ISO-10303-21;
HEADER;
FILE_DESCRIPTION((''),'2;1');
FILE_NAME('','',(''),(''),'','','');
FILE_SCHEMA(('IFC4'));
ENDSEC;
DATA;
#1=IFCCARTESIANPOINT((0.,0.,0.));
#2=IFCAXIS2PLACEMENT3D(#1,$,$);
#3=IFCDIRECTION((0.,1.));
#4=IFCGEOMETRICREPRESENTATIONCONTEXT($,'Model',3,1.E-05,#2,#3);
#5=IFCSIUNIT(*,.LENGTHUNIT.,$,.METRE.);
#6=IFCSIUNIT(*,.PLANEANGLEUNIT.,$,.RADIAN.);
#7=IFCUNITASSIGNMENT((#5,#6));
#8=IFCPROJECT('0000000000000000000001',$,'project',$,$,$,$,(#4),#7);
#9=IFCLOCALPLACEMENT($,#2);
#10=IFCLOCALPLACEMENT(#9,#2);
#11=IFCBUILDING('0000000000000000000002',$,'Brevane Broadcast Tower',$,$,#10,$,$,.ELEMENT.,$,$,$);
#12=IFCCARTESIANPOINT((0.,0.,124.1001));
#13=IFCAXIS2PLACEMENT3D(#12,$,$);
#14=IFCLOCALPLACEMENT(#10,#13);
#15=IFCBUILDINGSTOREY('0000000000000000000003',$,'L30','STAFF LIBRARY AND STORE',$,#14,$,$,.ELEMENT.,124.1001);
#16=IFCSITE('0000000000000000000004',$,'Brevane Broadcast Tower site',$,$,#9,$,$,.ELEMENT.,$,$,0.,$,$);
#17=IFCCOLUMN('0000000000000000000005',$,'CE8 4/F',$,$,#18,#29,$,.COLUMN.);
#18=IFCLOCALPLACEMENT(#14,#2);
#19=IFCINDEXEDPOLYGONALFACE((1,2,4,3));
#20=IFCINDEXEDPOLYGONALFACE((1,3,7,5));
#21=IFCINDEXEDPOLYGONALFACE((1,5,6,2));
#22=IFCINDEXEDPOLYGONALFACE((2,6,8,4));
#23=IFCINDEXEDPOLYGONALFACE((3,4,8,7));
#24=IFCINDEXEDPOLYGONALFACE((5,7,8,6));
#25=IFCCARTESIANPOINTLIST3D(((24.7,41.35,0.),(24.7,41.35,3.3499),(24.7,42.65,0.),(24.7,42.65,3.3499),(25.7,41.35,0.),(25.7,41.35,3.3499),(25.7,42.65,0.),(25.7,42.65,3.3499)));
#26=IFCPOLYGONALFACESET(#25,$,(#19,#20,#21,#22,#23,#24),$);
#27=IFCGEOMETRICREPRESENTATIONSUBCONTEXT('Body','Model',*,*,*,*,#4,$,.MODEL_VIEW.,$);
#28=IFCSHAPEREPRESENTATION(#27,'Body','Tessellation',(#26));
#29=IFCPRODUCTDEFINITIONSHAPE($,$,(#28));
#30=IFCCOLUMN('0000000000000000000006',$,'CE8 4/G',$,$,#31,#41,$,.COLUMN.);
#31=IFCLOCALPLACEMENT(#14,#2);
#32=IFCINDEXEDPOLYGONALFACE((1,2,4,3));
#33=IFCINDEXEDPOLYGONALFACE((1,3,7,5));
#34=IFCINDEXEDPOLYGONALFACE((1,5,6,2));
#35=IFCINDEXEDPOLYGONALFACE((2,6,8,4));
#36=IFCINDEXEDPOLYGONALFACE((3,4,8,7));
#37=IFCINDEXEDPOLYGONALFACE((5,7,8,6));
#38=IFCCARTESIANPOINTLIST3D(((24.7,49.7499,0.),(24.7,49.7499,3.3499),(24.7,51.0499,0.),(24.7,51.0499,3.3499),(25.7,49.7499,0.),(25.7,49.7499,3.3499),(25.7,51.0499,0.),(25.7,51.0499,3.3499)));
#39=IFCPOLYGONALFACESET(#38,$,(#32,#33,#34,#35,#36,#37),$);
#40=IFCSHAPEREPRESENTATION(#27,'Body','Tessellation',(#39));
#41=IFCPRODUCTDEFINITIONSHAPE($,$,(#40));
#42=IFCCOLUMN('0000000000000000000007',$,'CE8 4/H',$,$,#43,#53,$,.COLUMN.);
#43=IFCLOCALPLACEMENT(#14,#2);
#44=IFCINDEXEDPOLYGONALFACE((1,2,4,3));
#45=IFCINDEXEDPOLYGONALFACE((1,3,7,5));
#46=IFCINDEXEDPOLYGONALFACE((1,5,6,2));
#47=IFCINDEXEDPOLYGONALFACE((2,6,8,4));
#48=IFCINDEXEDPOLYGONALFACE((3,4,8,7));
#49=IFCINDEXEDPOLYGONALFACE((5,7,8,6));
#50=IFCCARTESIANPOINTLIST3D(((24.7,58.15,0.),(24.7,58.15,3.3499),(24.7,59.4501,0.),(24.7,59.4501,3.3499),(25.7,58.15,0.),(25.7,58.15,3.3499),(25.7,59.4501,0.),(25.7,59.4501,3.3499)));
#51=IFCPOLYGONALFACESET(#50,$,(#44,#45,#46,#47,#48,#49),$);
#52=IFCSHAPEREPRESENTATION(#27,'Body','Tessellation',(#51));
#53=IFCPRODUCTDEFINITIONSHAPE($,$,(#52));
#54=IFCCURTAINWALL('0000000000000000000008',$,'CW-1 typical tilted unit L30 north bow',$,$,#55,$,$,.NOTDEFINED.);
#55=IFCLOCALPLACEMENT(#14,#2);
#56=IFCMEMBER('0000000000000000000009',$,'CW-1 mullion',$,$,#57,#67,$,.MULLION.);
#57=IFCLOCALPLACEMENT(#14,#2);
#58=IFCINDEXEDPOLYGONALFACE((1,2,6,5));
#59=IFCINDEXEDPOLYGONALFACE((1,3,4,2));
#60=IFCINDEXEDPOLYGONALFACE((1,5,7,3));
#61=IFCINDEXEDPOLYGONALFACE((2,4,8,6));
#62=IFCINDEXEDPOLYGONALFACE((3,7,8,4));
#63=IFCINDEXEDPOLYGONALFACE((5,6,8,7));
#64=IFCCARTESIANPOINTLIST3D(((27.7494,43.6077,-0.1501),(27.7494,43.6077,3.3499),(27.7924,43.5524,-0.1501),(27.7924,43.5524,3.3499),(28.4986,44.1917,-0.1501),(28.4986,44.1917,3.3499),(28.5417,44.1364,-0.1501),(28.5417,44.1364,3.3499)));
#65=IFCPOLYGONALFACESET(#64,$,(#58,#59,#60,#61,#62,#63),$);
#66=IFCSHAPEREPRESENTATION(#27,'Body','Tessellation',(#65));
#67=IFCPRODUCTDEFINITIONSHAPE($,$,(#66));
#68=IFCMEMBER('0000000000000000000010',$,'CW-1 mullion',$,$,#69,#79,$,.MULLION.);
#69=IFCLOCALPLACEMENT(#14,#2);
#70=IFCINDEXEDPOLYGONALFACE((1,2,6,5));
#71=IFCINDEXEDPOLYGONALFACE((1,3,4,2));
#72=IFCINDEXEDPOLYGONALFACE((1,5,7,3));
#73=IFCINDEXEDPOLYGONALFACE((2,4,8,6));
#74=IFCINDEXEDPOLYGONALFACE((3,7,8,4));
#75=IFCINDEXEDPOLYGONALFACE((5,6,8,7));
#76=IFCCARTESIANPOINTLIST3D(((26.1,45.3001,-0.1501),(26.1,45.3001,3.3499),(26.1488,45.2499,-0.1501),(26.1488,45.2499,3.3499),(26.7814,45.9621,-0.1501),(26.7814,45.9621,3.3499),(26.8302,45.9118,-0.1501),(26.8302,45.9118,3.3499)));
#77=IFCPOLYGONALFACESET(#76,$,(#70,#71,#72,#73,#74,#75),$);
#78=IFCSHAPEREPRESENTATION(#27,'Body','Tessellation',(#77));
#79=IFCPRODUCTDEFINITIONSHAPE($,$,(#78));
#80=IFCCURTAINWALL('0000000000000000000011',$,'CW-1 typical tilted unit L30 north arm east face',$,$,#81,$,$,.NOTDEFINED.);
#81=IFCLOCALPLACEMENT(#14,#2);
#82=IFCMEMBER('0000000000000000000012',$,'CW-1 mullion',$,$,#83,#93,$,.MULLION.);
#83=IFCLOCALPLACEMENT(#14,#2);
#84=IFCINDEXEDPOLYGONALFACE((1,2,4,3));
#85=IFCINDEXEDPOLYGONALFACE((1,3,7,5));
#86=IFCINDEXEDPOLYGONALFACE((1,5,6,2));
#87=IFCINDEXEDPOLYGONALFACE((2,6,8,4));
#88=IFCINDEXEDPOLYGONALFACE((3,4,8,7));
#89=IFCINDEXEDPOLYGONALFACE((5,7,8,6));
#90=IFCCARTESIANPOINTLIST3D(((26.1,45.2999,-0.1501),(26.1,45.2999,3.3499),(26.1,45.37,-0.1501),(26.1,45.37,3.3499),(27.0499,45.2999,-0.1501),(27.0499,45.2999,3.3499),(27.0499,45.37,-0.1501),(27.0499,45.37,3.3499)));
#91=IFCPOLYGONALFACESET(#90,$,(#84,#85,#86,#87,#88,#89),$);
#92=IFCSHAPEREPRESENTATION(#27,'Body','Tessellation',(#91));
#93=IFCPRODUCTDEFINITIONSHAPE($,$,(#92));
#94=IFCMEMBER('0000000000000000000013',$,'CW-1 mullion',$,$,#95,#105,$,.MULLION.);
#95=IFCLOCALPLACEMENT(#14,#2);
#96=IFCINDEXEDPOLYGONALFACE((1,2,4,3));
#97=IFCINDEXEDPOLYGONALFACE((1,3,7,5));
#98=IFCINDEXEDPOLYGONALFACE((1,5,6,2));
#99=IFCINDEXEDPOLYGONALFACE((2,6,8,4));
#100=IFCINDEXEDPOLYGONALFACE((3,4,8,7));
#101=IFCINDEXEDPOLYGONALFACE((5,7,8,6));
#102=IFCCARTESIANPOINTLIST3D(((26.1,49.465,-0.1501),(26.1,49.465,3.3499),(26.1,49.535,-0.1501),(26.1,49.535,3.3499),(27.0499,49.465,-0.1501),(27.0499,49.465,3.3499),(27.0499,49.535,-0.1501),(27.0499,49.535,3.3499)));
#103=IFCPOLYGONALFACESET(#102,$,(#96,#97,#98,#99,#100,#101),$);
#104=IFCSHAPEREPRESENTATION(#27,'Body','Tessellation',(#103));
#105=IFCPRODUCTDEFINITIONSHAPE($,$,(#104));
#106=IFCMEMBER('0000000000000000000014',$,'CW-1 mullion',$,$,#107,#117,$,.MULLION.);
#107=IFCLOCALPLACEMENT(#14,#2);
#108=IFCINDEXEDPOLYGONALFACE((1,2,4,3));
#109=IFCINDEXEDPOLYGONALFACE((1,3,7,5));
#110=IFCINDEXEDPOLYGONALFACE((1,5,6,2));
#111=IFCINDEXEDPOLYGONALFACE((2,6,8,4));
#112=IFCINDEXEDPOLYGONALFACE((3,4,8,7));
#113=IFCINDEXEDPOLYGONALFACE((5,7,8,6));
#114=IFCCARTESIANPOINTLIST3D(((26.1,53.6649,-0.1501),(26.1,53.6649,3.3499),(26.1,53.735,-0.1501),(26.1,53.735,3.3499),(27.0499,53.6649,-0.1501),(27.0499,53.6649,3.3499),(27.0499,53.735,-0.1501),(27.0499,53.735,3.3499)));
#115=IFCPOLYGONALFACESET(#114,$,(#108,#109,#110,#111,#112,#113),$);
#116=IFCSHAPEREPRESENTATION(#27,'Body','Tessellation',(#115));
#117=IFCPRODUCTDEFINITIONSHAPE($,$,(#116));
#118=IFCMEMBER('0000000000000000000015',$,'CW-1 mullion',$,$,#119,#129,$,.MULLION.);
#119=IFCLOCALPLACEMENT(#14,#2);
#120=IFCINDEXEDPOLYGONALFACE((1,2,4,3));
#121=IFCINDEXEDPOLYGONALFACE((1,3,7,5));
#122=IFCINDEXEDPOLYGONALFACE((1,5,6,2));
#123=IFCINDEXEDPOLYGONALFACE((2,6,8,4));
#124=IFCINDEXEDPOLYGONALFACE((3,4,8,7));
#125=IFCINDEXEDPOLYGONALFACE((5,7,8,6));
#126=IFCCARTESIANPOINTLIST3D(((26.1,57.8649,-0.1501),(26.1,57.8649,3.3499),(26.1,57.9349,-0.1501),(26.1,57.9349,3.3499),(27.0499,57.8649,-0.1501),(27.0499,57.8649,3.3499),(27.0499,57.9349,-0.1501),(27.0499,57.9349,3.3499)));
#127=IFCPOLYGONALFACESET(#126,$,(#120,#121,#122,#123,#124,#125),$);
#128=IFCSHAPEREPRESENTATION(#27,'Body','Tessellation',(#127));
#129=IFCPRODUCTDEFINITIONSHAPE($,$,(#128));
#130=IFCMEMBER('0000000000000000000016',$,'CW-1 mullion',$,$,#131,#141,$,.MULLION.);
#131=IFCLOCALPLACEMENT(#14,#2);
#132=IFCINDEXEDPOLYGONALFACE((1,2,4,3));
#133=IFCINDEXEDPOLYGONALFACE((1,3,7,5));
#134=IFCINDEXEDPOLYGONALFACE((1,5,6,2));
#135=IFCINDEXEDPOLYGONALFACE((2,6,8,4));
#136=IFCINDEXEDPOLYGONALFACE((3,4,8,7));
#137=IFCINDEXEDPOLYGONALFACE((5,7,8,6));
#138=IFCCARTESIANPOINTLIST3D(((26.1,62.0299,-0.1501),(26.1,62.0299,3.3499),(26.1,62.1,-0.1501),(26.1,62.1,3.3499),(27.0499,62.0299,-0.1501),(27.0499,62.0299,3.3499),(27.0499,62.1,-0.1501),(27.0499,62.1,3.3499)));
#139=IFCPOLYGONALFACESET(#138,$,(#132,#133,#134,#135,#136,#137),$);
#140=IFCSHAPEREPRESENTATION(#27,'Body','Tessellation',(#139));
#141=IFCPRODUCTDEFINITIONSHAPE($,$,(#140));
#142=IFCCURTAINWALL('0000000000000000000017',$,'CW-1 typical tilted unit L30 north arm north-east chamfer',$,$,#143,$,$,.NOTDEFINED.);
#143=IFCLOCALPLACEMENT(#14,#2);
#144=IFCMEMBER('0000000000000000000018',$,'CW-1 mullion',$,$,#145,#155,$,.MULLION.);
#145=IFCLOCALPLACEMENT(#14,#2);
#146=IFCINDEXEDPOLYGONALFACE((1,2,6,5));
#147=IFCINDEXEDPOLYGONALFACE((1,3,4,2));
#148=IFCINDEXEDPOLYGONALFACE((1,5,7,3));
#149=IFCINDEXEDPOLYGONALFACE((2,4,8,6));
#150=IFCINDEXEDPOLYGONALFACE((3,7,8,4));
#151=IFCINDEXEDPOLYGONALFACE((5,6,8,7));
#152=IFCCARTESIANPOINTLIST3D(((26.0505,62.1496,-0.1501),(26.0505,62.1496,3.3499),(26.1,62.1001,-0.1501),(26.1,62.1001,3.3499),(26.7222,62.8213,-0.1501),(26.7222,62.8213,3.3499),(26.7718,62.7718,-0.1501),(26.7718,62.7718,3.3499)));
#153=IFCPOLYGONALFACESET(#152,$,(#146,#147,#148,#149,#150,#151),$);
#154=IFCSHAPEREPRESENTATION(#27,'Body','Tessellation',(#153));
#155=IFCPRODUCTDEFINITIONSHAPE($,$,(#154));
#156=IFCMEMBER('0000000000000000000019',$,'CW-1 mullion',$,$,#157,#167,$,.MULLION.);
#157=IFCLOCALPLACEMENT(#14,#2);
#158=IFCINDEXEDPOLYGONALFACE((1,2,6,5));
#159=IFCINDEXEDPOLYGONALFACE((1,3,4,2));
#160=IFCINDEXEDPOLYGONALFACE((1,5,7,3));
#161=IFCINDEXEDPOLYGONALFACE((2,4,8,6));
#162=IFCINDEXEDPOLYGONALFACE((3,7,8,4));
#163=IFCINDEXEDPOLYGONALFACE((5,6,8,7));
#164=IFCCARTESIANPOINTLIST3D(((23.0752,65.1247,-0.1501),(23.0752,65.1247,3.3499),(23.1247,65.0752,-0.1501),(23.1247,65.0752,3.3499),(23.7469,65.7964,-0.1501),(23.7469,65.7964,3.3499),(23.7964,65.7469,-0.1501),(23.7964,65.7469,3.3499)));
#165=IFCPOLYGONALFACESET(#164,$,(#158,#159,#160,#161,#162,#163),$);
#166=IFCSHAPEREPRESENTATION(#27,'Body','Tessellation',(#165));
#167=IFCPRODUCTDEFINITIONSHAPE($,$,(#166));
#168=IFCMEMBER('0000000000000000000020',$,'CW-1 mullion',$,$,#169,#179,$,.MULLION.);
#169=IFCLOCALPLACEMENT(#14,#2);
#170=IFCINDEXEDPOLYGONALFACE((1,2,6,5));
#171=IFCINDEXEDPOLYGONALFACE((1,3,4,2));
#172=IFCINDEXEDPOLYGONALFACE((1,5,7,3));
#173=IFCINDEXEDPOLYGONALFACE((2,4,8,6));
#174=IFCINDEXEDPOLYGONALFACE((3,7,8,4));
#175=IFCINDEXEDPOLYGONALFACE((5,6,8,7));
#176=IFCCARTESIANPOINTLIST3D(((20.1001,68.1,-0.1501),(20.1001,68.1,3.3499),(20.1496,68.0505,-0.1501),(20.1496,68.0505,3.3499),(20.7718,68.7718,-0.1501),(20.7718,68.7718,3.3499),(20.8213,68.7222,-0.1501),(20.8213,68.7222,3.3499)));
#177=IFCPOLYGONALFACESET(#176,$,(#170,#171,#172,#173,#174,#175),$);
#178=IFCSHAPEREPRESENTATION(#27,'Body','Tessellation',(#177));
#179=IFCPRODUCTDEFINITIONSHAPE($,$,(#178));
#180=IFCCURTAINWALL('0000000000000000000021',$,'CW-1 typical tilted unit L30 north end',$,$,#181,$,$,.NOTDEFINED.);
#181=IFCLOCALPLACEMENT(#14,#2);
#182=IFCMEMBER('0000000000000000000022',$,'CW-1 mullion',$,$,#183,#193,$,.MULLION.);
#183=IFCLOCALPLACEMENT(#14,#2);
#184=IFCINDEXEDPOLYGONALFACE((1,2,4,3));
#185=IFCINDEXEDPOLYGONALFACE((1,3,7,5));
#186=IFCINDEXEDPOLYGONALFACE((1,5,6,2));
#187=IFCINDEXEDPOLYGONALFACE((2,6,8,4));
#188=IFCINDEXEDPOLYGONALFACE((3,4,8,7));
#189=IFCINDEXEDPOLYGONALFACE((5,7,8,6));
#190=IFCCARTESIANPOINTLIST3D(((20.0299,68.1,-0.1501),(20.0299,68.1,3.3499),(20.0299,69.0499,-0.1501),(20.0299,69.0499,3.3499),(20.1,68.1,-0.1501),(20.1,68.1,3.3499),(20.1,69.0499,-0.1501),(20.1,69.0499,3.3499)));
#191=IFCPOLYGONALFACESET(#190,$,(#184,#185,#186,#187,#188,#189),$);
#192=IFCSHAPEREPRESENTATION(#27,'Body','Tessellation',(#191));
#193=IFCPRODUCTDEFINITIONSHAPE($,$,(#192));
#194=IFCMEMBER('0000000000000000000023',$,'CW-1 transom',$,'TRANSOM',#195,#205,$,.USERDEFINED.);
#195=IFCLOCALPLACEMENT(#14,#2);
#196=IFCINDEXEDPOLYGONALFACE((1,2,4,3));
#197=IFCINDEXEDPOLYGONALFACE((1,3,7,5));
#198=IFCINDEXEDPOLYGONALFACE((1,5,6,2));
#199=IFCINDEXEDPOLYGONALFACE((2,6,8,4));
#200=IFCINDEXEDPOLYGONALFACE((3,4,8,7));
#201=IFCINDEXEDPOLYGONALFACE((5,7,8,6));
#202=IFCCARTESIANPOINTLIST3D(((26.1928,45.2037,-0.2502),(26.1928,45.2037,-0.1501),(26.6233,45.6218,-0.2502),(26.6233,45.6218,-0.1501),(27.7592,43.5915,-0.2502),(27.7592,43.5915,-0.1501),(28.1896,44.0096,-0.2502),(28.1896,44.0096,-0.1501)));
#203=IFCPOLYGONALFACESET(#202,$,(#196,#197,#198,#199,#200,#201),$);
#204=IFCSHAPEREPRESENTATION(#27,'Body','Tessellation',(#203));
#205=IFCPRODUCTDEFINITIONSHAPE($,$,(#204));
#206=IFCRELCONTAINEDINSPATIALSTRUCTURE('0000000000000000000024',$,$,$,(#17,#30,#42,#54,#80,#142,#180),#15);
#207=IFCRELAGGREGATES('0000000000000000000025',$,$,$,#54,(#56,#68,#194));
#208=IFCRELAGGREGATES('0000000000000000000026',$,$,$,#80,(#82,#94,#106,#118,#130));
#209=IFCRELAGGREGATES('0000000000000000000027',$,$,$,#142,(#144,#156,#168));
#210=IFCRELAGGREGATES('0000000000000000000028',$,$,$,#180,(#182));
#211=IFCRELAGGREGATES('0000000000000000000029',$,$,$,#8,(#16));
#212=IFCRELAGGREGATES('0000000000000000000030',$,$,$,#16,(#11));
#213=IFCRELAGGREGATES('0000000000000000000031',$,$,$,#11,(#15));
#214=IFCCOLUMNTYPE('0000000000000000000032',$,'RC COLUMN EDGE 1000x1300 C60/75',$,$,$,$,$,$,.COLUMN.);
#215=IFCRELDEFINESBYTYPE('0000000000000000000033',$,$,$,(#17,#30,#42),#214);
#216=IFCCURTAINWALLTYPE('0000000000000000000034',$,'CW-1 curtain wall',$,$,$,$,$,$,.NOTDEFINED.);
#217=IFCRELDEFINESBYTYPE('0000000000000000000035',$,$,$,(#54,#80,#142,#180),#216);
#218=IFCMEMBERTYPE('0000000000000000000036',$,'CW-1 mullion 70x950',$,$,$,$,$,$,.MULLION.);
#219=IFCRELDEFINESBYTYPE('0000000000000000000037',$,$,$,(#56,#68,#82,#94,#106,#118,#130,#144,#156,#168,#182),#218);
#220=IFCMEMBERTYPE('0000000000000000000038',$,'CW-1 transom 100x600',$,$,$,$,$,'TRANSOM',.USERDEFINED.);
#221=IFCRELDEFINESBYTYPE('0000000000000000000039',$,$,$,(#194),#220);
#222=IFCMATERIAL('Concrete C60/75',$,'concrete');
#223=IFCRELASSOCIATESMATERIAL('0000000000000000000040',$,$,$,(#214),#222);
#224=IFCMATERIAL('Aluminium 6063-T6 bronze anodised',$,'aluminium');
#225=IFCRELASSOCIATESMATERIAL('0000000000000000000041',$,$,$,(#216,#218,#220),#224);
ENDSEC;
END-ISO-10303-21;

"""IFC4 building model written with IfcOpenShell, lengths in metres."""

from ifc_helpers import new_model, si_unit, direction, frame, origin, origin_2d, place, context, subcontext, project, spatial, rectangle, extrude, material, material_profile, profile_set, type_object, element, aggregate, save


model = new_model("IFC4")

# Units and contexts
model_context = context("Model", 3, precision=1e-05, world=origin(), true_north=direction((0.0, 1.0)))
body_context = subcontext(model_context, "Body", "Model", "MODEL_VIEW")
ifc_project = project(units=[si_unit("LENGTHUNIT", "METRE"), si_unit("PLANEANGLEUNIT", "RADIAN")], contexts=[model_context])

# Site, building, storey
site_placement = place(None, origin())
site = spatial("IfcSite", under=ifc_project, at=site_placement, Name="Brevane Broadcast Tower site", CompositionType="ELEMENT", RefElevation=0.0)
building_placement = place(site_placement, origin())
building = spatial("IfcBuilding", under=site, at=building_placement, Name="Brevane Broadcast Tower", CompositionType="ELEMENT")
storey_placement = place(building_placement, frame((0.0, 0.0, 124.1001)))
storey = spatial("IfcBuildingStorey", under=building, at=storey_placement, Name="L30", Description="STAFF LIBRARY AND STORE", CompositionType="ELEMENT", Elevation=124.1001)

# Columns
ifc_material_1 = material(Name="Concrete C60/75", Category="concrete")
ifc_material_profile_1 = material_profile(ifc_material_1, rectangle(XDim=1.0, YDim=1.3, at=origin_2d()), Name="RC 1000x1300")
ifc_profile_set_1 = profile_set([ifc_material_profile_1], Name="Concrete C60/75")
column_type = type_object("IfcColumnType", Name="RC COLUMN EDGE 1000x1300 C60/75", PredefinedType="COLUMN", material=ifc_profile_set_1)
for number, where, z_axis, x_axis, name in (
    (1, (25.2, 42.0, 0.0), (0.0, 0.0, 1.0), (1.0, 0.0, 0.0), "CE8 4/F"),
    (2, (25.2, 50.3999, 0.0), (0.0, 0.0, 1.0), (1.0, 0.0, 0.0), "CE8 4/G"),
    (3, (25.2, 58.8, 0.0), (0.0, 0.0, 1.0), (1.0, 0.0, 0.0), "CE8 4/H"),
):
    element("IfcColumn", number, at=place(storey_placement, frame(where, z_axis=z_axis, x_axis=x_axis)), inside=storey, type_object=column_type, Name=name, PredefinedType="COLUMN", context=body_context, shape_type="SweptSolid", body=[
        extrude(rectangle(XDim=1.0, YDim=1.3, at=origin_2d()), origin(), (0.0, 0.0, 1.0), 3.3499),
    ])

# Curtain walls, members
ifc_material_2 = material(Name="Aluminium 6063-T6 bronze anodised", Category="aluminium")
curtain_wall_type = type_object("IfcCurtainWallType", Name="CW-1 curtain wall", PredefinedType="NOTDEFINED", material=ifc_material_2)
curtain_wall_1_placement = place(storey_placement, origin())
curtain_wall_1 = element("IfcCurtainWall", 4, at=curtain_wall_1_placement, inside=storey, type_object=curtain_wall_type, Name="CW-1 typical tilted unit L30 north bow", PredefinedType="NOTDEFINED")
ifc_material_profile_2 = material_profile(ifc_material_2, rectangle(XDim=0.95, YDim=0.0701, at=origin_2d()), Name="RECT 70x950")
ifc_profile_set_2 = profile_set([ifc_material_profile_2], Name="Aluminium 6063-T6 bronze anodised")
member_type_1 = type_object("IfcMemberType", Name="CW-1 mullion 70x950", PredefinedType="MULLION", material=ifc_profile_set_2)
member_1_placement = place(storey_placement, frame((28.1455, 43.8721, -0.1501), z_axis=(0.0, 0.0, 1.0), x_axis=(-0.788707, -0.61477, 0.0)))
member_1 = element("IfcMember", 5, at=member_1_placement, type_object=member_type_1, Name="CW-1 mullion", PredefinedType="MULLION", context=body_context, shape_type="SweptSolid", body=[
    extrude(rectangle(XDim=0.95, YDim=0.0701, at=origin_2d()), origin(), (0.0, 0.0, 1.0), 3.5),
])
member_2_placement = place(storey_placement, frame((26.4651, 45.606, -0.1501), z_axis=(0.0, 0.0, 1.0), x_axis=(-0.717254, -0.696812, 0.0)))
member_2 = element("IfcMember", 6, at=member_2_placement, type_object=member_type_1, Name="CW-1 mullion", PredefinedType="MULLION", context=body_context, shape_type="SweptSolid", body=[
    extrude(rectangle(XDim=0.95, YDim=0.0701, at=origin_2d()), origin(), (0.0, 0.0, 1.0), 3.5),
])
curtain_wall_2_placement = place(storey_placement, origin())
curtain_wall_2 = element("IfcCurtainWall", 7, at=curtain_wall_2_placement, inside=storey, type_object=curtain_wall_type, Name="CW-1 typical tilted unit L30 north arm east face", PredefinedType="NOTDEFINED")
member_3_placement = place(storey_placement, frame((26.575, 45.335, -0.1501), z_axis=(0.0, 0.0, 1.0), x_axis=(-1.0, 0.0, 0.0)))
member_3 = element("IfcMember", 8, at=member_3_placement, type_object=member_type_1, Name="CW-1 mullion", PredefinedType="MULLION", context=body_context, shape_type="SweptSolid", body=[
    extrude(rectangle(XDim=0.95, YDim=0.0701, at=origin_2d()), origin(), (0.0, 0.0, 1.0), 3.5),
])
member_4_placement = place(storey_placement, frame((26.575, 49.5, -0.1501), z_axis=(0.0, 0.0, 1.0), x_axis=(-1.0, 0.0, 0.0)))
member_4 = element("IfcMember", 9, at=member_4_placement, type_object=member_type_1, Name="CW-1 mullion", PredefinedType="MULLION", context=body_context, shape_type="SweptSolid", body=[
    extrude(rectangle(XDim=0.95, YDim=0.0701, at=origin_2d()), origin(), (0.0, 0.0, 1.0), 3.5),
])
member_5_placement = place(storey_placement, frame((26.575, 53.7, -0.1501), z_axis=(0.0, 0.0, 1.0), x_axis=(-1.0, 0.0, 0.0)))
member_5 = element("IfcMember", 10, at=member_5_placement, type_object=member_type_1, Name="CW-1 mullion", PredefinedType="MULLION", context=body_context, shape_type="SweptSolid", body=[
    extrude(rectangle(XDim=0.95, YDim=0.0701, at=origin_2d()), origin(), (0.0, 0.0, 1.0), 3.5),
])
member_6_placement = place(storey_placement, frame((26.575, 57.8999, -0.1501), z_axis=(0.0, 0.0, 1.0), x_axis=(-1.0, 0.0, 0.0)))
member_6 = element("IfcMember", 11, at=member_6_placement, type_object=member_type_1, Name="CW-1 mullion", PredefinedType="MULLION", context=body_context, shape_type="SweptSolid", body=[
    extrude(rectangle(XDim=0.95, YDim=0.0701, at=origin_2d()), origin(), (0.0, 0.0, 1.0), 3.5),
])
member_7_placement = place(storey_placement, frame((26.575, 62.0649, -0.1501), z_axis=(0.0, 0.0, 1.0), x_axis=(-1.0, 0.0, 0.0)))
member_7 = element("IfcMember", 12, at=member_7_placement, type_object=member_type_1, Name="CW-1 mullion", PredefinedType="MULLION", context=body_context, shape_type="SweptSolid", body=[
    extrude(rectangle(XDim=0.95, YDim=0.0701, at=origin_2d()), origin(), (0.0, 0.0, 1.0), 3.5),
])
curtain_wall_3_placement = place(storey_placement, origin())
curtain_wall_3 = element("IfcCurtainWall", 13, at=curtain_wall_3_placement, inside=storey, type_object=curtain_wall_type, Name="CW-1 typical tilted unit L30 north arm north-east chamfer", PredefinedType="NOTDEFINED")
member_8_placement = place(storey_placement, frame((26.4111, 62.4607, -0.1501), z_axis=(0.0, 0.0, 1.0), x_axis=(-0.707107, -0.707107, 0.0)))
member_8 = element("IfcMember", 14, at=member_8_placement, type_object=member_type_1, Name="CW-1 mullion", PredefinedType="MULLION", context=body_context, shape_type="SweptSolid", body=[
    extrude(rectangle(XDim=0.95, YDim=0.0701, at=origin_2d()), origin(), (0.0, 0.0, 1.0), 3.5),
])
member_9_placement = place(storey_placement, frame((23.4358, 65.4358, -0.1501), z_axis=(0.0, 0.0, 1.0), x_axis=(-0.707107, -0.707107, 0.0)))
member_9 = element("IfcMember", 15, at=member_9_placement, type_object=member_type_1, Name="CW-1 mullion", PredefinedType="MULLION", context=body_context, shape_type="SweptSolid", body=[
    extrude(rectangle(XDim=0.95, YDim=0.0701, at=origin_2d()), origin(), (0.0, 0.0, 1.0), 3.5),
])
member_10_placement = place(storey_placement, frame((20.4607, 68.4111, -0.1501), z_axis=(0.0, 0.0, 1.0), x_axis=(-0.707107, -0.707107, 0.0)))
member_10 = element("IfcMember", 16, at=member_10_placement, type_object=member_type_1, Name="CW-1 mullion", PredefinedType="MULLION", context=body_context, shape_type="SweptSolid", body=[
    extrude(rectangle(XDim=0.95, YDim=0.0701, at=origin_2d()), origin(), (0.0, 0.0, 1.0), 3.5),
])

# Curtain wall, member
curtain_wall_4_placement = place(storey_placement, origin())
curtain_wall_4 = element("IfcCurtainWall", 17, at=curtain_wall_4_placement, inside=storey, type_object=curtain_wall_type, Name="CW-1 typical tilted unit L30 north end", PredefinedType="NOTDEFINED")
member_11_placement = place(storey_placement, frame((20.0649, 68.575, -0.1501), z_axis=(0.0, 0.0, 1.0), x_axis=(0.0, -1.0, 0.0)))
member_11 = element("IfcMember", 18, at=member_11_placement, type_object=member_type_1, Name="CW-1 mullion", PredefinedType="MULLION", context=body_context, shape_type="SweptSolid", body=[
    extrude(rectangle(XDim=0.95, YDim=0.0701, at=origin_2d()), origin(), (0.0, 0.0, 1.0), 3.5),
])

# Member
ifc_material_profile_3 = material_profile(ifc_material_2, rectangle(XDim=0.6001, YDim=0.1001, at=origin_2d()), Name="RECT 100x600")
ifc_profile_set_3 = profile_set([ifc_material_profile_3], Name="Aluminium 6063-T6 bronze anodised")
member_type_2 = type_object("IfcMemberType", Name="CW-1 transom 100x600", ElementType="TRANSOM", PredefinedType="USERDEFINED", material=ifc_profile_set_3)
member_12_placement = place(storey_placement, frame((27.9744, 43.8005, -0.2002), z_axis=(-0.696824, 0.717242, 0.0), x_axis=(-0.717242, -0.696824, 0.0)))
member_12 = element("IfcMember", 19, at=member_12_placement, type_object=member_type_2, Name="CW-1 transom", ObjectType="TRANSOM", PredefinedType="USERDEFINED", context=body_context, shape_type="SweptSolid", body=[
    extrude(rectangle(XDim=0.6001, YDim=0.1001, at=origin_2d()), origin(), (0.0, 0.0, 1.0), 2.2478),
])
aggregate(curtain_wall_1, [member_1, member_2, member_12])
aggregate(curtain_wall_2, [member_3, member_4, member_5, member_6, member_7])
aggregate(curtain_wall_3, [member_8, member_9, member_10])
aggregate(curtain_wall_4, [member_11])

save(model, "model.ifc")
